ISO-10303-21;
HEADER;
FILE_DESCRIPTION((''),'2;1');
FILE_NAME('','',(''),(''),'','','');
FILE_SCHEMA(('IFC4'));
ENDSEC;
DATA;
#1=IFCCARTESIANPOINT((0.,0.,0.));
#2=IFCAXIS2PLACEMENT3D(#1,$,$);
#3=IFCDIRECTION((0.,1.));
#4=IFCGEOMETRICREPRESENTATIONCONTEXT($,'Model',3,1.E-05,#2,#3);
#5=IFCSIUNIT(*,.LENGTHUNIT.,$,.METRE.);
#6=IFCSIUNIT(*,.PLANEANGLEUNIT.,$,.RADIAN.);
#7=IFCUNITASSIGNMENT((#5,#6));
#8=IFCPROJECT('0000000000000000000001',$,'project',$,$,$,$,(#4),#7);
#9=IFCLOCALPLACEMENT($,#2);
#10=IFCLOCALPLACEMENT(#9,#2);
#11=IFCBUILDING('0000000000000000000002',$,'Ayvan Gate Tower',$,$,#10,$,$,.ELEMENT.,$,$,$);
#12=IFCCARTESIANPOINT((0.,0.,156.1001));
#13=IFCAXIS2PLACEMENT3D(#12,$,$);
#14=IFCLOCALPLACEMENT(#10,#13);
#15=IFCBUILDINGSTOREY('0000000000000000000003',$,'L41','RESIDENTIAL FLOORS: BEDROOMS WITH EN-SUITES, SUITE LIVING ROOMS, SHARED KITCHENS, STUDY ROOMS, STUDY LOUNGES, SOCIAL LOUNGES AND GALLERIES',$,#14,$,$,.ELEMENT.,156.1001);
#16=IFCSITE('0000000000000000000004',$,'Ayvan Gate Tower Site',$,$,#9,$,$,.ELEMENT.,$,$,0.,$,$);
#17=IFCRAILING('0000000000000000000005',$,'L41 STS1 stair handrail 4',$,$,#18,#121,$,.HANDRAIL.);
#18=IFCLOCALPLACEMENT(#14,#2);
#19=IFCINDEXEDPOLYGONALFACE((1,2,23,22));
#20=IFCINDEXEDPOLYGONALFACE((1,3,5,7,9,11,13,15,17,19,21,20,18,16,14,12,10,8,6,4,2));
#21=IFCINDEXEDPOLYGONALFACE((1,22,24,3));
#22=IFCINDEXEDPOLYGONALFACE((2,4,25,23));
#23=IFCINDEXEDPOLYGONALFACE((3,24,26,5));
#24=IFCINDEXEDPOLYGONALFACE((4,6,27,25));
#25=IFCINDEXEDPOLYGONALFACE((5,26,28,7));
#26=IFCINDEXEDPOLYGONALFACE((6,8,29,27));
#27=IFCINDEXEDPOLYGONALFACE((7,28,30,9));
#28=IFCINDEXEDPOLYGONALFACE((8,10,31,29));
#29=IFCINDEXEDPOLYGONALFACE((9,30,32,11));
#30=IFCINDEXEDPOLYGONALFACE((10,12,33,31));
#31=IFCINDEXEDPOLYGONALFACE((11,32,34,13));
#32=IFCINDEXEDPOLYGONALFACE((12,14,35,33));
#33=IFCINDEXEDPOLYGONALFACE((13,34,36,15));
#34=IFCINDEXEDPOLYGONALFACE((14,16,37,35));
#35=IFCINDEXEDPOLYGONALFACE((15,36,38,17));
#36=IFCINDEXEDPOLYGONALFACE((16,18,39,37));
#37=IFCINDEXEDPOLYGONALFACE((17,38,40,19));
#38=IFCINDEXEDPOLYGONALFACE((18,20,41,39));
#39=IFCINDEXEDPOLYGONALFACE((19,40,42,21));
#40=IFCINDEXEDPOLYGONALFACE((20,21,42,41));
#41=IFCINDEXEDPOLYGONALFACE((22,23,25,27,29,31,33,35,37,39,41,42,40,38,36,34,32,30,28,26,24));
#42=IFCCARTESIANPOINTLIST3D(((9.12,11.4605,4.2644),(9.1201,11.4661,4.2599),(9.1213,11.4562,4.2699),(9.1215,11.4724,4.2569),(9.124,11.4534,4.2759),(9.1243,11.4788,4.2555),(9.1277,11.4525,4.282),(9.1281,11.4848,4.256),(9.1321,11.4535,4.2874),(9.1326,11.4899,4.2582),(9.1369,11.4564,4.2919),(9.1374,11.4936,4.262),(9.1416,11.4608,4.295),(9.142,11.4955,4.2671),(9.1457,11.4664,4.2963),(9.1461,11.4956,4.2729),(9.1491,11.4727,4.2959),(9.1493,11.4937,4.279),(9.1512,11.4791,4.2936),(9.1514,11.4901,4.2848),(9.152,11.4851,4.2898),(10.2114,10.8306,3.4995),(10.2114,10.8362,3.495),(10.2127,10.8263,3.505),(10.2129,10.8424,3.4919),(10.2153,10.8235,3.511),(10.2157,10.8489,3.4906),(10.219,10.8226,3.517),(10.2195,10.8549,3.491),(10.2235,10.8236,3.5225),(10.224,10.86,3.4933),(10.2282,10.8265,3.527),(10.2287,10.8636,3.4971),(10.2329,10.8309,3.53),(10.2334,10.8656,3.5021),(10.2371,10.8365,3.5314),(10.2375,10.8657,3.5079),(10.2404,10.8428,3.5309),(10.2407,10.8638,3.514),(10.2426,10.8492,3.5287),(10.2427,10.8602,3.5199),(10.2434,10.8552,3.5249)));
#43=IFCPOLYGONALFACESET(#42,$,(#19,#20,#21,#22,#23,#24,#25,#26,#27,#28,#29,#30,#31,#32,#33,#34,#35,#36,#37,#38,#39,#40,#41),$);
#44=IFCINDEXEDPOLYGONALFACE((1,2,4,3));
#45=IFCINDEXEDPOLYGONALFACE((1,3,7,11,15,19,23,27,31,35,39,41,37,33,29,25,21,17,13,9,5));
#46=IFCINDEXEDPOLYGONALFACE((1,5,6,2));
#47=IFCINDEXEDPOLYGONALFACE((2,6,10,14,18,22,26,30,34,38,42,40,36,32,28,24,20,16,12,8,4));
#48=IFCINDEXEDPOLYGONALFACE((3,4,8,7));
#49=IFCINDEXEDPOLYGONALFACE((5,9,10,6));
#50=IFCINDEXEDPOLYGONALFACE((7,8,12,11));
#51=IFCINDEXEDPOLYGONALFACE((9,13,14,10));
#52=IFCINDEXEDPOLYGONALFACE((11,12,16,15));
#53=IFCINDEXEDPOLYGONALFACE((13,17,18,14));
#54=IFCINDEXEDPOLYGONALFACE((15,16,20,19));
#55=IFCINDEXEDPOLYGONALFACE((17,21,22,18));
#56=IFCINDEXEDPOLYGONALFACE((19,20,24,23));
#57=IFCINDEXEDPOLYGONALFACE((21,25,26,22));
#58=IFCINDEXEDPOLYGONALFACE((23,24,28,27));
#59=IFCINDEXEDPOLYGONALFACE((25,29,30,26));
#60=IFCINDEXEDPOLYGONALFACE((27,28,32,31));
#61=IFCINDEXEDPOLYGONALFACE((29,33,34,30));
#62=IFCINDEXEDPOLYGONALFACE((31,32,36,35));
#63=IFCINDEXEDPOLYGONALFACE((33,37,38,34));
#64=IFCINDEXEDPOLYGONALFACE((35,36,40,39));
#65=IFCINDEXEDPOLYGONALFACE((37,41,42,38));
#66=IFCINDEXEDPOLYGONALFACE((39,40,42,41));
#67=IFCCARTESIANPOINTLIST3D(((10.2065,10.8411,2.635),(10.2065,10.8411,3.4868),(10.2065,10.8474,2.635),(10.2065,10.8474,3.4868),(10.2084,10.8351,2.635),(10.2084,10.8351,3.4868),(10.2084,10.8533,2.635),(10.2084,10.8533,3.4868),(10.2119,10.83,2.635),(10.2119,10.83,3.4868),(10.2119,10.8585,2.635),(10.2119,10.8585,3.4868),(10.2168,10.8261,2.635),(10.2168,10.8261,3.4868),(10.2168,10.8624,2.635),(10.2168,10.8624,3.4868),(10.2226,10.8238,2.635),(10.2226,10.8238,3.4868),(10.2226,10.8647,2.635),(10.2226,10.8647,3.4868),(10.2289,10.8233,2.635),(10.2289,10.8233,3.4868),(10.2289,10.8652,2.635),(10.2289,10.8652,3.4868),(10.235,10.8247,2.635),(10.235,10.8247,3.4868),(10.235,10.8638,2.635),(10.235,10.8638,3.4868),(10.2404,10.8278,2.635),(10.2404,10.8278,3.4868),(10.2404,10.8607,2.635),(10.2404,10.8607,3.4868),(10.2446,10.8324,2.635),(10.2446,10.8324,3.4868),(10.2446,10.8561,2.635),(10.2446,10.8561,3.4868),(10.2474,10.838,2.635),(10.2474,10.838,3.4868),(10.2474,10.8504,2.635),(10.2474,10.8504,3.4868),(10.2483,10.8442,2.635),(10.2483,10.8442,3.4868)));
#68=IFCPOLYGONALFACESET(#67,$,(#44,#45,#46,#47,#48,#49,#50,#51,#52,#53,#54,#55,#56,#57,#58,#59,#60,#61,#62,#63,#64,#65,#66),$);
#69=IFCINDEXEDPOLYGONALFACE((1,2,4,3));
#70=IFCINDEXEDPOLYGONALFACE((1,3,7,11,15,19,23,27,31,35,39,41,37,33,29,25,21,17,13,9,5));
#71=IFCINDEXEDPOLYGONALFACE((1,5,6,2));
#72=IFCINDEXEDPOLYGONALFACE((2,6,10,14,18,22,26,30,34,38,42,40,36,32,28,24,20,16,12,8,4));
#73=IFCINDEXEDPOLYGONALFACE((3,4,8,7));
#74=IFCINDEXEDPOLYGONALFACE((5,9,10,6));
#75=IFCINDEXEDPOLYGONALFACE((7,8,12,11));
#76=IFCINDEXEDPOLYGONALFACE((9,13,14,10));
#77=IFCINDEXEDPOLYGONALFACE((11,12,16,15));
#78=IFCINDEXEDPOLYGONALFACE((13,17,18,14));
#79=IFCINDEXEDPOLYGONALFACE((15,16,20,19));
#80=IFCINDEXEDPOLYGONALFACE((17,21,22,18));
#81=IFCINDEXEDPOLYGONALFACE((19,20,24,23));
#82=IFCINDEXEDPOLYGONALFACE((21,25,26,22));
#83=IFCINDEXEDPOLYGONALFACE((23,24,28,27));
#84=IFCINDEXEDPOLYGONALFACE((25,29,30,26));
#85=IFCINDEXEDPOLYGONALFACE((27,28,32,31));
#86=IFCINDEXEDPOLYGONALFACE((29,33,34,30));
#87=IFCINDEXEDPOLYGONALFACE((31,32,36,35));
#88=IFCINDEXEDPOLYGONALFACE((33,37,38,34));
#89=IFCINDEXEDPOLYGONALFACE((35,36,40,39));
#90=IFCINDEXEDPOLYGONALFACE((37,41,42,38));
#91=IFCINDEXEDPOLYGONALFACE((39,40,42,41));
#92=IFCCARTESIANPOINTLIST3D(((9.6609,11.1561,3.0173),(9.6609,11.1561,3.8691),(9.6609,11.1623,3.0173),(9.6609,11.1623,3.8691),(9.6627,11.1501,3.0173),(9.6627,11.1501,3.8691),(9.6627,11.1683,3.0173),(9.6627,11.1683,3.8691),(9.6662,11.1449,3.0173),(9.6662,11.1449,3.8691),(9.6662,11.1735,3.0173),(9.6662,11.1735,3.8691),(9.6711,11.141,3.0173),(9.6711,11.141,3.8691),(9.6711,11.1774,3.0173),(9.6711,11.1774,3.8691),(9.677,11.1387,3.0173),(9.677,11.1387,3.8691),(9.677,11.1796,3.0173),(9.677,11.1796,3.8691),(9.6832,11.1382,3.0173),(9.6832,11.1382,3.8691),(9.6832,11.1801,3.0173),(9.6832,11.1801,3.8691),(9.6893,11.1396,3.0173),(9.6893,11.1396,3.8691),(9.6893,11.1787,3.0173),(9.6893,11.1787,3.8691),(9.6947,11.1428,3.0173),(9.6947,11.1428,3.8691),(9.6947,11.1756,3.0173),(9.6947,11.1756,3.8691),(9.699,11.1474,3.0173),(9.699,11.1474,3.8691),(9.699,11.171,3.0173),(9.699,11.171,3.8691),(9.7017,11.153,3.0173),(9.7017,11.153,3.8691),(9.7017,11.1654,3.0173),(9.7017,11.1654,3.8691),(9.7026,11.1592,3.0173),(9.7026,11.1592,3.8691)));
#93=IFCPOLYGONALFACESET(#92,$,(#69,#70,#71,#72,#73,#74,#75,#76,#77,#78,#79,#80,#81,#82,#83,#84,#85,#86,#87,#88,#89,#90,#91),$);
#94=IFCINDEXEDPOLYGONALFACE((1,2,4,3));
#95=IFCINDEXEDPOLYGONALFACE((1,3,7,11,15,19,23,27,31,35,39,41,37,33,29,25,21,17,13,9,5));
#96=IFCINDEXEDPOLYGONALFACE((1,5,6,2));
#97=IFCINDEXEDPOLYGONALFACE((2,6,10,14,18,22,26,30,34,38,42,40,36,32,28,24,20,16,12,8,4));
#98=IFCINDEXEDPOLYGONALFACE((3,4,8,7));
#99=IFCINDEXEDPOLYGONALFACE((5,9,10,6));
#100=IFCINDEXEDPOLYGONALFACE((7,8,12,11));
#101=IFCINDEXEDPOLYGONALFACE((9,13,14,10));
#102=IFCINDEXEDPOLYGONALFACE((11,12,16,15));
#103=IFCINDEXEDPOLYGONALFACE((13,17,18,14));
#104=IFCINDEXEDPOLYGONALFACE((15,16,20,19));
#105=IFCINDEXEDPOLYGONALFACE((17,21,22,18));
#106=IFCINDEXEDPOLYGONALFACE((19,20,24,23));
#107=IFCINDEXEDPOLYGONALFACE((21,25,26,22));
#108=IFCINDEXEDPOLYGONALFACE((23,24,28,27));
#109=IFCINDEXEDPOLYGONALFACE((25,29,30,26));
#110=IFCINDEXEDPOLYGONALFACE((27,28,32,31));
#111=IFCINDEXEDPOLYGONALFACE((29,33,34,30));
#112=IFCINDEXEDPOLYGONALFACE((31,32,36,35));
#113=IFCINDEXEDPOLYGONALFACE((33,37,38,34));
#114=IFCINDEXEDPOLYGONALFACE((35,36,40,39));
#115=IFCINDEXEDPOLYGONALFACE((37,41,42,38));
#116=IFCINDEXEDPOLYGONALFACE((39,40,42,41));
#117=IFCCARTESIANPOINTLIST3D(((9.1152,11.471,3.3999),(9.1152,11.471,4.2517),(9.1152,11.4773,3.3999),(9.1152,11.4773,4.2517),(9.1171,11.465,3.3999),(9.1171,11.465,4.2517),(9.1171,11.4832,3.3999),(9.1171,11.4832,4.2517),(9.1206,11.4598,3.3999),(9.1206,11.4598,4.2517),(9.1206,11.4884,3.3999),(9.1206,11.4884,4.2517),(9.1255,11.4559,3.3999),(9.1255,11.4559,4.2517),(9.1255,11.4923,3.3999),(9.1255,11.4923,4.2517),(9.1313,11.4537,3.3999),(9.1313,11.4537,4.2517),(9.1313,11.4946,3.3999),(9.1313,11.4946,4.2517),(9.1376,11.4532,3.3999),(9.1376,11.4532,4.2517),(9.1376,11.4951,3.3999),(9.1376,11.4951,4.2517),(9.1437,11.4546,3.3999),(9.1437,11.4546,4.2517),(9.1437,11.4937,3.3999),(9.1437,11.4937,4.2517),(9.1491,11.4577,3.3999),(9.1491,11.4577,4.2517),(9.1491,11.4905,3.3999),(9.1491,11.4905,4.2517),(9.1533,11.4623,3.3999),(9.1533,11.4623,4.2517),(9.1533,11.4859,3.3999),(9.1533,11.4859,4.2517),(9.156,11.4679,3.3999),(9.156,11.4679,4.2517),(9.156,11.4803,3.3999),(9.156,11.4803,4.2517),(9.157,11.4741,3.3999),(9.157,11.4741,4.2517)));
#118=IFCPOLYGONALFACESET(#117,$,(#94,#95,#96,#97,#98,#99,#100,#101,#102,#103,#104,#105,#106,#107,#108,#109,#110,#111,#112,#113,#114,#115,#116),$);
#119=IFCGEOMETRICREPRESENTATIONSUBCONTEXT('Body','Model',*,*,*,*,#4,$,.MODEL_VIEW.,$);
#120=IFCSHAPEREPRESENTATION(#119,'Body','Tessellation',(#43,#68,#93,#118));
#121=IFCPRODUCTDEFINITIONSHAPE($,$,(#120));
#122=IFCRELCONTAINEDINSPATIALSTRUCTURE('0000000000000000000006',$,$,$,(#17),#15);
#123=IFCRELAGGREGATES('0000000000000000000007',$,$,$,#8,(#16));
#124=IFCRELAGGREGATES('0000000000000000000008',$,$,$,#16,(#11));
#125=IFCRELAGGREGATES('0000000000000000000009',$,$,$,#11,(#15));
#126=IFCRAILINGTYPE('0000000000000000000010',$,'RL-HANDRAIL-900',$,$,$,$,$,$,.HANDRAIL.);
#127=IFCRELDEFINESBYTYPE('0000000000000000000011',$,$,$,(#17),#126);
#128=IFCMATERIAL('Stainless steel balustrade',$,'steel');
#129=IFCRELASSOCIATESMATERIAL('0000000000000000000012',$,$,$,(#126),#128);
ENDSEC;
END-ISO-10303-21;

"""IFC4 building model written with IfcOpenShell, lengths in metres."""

from ifc_helpers import new_model, si_unit, direction, frame, origin, origin_2d, place, context, subcontext, project, spatial, circle, extrude, material, type_object, element, save


model = new_model("IFC4")

# Units and contexts
model_context = context("Model", 3, precision=1e-05, world=origin(), true_north=direction((0.0, 1.0)))
body_context = subcontext(model_context, "Body", "Model", "MODEL_VIEW")
ifc_project = project(units=[si_unit("LENGTHUNIT", "METRE"), si_unit("PLANEANGLEUNIT", "RADIAN")], contexts=[model_context])

# Site, building, storey
site_placement = place(None, origin())
site = spatial("IfcSite", under=ifc_project, at=site_placement, Name="Ayvan Gate Tower Site", CompositionType="ELEMENT", RefElevation=0.0)
building_placement = place(site_placement, origin())
building = spatial("IfcBuilding", under=site, at=building_placement, Name="Ayvan Gate Tower", CompositionType="ELEMENT")
storey_placement = place(building_placement, frame((0.0, 0.0, 156.1001)))
storey = spatial("IfcBuildingStorey", under=building, at=storey_placement, Name="L41", Description="RESIDENTIAL FLOORS: BEDROOMS WITH EN-SUITES, SUITE LIVING ROOMS, SHARED KITCHENS, STUDY ROOMS, STUDY LOUNGES, SOCIAL LOUNGES AND GALLERIES", CompositionType="ELEMENT", Elevation=156.1001)

# Railing
ifc_material_1 = material(Name="Stainless steel balustrade", Category="steel")
railing_type = type_object("IfcRailingType", Name="RL-HANDRAIL-900", PredefinedType="HANDRAIL", material=ifc_material_1)
railing_placement = place(storey_placement, frame((10.2273, 10.8442, 2.635)))
element("IfcRailing", 1, at=railing_placement, inside=storey, type_object=railing_type, Name="L41 STS1 stair handrail 4", PredefinedType="HANDRAIL", context=body_context, shape_type="SweptSolid", body=[
    extrude(circle(Radius=0.0239, at=origin_2d()), frame((0.0, 0.0, 0.876), z_axis=(-0.740357, 0.42732, 0.518912), x_axis=(-0.49989, -0.866089, 0.0)), (0.0, 0.0, 1.0), 1.4741),
    extrude(circle(Radius=0.021, at=origin_2d()), origin(), (0.0, 0.0, 1.0), 0.8518),
    extrude(circle(Radius=0.021, at=origin_2d()), frame((-0.5457, 0.3149, 0.3823)), (0.0, 0.0, 1.0), 0.8518),
    extrude(circle(Radius=0.021, at=origin_2d()), frame((-1.0913, 0.6299, 0.7649)), (0.0, 0.0, 1.0), 0.8518),
])

save(model, "model.ifc")
